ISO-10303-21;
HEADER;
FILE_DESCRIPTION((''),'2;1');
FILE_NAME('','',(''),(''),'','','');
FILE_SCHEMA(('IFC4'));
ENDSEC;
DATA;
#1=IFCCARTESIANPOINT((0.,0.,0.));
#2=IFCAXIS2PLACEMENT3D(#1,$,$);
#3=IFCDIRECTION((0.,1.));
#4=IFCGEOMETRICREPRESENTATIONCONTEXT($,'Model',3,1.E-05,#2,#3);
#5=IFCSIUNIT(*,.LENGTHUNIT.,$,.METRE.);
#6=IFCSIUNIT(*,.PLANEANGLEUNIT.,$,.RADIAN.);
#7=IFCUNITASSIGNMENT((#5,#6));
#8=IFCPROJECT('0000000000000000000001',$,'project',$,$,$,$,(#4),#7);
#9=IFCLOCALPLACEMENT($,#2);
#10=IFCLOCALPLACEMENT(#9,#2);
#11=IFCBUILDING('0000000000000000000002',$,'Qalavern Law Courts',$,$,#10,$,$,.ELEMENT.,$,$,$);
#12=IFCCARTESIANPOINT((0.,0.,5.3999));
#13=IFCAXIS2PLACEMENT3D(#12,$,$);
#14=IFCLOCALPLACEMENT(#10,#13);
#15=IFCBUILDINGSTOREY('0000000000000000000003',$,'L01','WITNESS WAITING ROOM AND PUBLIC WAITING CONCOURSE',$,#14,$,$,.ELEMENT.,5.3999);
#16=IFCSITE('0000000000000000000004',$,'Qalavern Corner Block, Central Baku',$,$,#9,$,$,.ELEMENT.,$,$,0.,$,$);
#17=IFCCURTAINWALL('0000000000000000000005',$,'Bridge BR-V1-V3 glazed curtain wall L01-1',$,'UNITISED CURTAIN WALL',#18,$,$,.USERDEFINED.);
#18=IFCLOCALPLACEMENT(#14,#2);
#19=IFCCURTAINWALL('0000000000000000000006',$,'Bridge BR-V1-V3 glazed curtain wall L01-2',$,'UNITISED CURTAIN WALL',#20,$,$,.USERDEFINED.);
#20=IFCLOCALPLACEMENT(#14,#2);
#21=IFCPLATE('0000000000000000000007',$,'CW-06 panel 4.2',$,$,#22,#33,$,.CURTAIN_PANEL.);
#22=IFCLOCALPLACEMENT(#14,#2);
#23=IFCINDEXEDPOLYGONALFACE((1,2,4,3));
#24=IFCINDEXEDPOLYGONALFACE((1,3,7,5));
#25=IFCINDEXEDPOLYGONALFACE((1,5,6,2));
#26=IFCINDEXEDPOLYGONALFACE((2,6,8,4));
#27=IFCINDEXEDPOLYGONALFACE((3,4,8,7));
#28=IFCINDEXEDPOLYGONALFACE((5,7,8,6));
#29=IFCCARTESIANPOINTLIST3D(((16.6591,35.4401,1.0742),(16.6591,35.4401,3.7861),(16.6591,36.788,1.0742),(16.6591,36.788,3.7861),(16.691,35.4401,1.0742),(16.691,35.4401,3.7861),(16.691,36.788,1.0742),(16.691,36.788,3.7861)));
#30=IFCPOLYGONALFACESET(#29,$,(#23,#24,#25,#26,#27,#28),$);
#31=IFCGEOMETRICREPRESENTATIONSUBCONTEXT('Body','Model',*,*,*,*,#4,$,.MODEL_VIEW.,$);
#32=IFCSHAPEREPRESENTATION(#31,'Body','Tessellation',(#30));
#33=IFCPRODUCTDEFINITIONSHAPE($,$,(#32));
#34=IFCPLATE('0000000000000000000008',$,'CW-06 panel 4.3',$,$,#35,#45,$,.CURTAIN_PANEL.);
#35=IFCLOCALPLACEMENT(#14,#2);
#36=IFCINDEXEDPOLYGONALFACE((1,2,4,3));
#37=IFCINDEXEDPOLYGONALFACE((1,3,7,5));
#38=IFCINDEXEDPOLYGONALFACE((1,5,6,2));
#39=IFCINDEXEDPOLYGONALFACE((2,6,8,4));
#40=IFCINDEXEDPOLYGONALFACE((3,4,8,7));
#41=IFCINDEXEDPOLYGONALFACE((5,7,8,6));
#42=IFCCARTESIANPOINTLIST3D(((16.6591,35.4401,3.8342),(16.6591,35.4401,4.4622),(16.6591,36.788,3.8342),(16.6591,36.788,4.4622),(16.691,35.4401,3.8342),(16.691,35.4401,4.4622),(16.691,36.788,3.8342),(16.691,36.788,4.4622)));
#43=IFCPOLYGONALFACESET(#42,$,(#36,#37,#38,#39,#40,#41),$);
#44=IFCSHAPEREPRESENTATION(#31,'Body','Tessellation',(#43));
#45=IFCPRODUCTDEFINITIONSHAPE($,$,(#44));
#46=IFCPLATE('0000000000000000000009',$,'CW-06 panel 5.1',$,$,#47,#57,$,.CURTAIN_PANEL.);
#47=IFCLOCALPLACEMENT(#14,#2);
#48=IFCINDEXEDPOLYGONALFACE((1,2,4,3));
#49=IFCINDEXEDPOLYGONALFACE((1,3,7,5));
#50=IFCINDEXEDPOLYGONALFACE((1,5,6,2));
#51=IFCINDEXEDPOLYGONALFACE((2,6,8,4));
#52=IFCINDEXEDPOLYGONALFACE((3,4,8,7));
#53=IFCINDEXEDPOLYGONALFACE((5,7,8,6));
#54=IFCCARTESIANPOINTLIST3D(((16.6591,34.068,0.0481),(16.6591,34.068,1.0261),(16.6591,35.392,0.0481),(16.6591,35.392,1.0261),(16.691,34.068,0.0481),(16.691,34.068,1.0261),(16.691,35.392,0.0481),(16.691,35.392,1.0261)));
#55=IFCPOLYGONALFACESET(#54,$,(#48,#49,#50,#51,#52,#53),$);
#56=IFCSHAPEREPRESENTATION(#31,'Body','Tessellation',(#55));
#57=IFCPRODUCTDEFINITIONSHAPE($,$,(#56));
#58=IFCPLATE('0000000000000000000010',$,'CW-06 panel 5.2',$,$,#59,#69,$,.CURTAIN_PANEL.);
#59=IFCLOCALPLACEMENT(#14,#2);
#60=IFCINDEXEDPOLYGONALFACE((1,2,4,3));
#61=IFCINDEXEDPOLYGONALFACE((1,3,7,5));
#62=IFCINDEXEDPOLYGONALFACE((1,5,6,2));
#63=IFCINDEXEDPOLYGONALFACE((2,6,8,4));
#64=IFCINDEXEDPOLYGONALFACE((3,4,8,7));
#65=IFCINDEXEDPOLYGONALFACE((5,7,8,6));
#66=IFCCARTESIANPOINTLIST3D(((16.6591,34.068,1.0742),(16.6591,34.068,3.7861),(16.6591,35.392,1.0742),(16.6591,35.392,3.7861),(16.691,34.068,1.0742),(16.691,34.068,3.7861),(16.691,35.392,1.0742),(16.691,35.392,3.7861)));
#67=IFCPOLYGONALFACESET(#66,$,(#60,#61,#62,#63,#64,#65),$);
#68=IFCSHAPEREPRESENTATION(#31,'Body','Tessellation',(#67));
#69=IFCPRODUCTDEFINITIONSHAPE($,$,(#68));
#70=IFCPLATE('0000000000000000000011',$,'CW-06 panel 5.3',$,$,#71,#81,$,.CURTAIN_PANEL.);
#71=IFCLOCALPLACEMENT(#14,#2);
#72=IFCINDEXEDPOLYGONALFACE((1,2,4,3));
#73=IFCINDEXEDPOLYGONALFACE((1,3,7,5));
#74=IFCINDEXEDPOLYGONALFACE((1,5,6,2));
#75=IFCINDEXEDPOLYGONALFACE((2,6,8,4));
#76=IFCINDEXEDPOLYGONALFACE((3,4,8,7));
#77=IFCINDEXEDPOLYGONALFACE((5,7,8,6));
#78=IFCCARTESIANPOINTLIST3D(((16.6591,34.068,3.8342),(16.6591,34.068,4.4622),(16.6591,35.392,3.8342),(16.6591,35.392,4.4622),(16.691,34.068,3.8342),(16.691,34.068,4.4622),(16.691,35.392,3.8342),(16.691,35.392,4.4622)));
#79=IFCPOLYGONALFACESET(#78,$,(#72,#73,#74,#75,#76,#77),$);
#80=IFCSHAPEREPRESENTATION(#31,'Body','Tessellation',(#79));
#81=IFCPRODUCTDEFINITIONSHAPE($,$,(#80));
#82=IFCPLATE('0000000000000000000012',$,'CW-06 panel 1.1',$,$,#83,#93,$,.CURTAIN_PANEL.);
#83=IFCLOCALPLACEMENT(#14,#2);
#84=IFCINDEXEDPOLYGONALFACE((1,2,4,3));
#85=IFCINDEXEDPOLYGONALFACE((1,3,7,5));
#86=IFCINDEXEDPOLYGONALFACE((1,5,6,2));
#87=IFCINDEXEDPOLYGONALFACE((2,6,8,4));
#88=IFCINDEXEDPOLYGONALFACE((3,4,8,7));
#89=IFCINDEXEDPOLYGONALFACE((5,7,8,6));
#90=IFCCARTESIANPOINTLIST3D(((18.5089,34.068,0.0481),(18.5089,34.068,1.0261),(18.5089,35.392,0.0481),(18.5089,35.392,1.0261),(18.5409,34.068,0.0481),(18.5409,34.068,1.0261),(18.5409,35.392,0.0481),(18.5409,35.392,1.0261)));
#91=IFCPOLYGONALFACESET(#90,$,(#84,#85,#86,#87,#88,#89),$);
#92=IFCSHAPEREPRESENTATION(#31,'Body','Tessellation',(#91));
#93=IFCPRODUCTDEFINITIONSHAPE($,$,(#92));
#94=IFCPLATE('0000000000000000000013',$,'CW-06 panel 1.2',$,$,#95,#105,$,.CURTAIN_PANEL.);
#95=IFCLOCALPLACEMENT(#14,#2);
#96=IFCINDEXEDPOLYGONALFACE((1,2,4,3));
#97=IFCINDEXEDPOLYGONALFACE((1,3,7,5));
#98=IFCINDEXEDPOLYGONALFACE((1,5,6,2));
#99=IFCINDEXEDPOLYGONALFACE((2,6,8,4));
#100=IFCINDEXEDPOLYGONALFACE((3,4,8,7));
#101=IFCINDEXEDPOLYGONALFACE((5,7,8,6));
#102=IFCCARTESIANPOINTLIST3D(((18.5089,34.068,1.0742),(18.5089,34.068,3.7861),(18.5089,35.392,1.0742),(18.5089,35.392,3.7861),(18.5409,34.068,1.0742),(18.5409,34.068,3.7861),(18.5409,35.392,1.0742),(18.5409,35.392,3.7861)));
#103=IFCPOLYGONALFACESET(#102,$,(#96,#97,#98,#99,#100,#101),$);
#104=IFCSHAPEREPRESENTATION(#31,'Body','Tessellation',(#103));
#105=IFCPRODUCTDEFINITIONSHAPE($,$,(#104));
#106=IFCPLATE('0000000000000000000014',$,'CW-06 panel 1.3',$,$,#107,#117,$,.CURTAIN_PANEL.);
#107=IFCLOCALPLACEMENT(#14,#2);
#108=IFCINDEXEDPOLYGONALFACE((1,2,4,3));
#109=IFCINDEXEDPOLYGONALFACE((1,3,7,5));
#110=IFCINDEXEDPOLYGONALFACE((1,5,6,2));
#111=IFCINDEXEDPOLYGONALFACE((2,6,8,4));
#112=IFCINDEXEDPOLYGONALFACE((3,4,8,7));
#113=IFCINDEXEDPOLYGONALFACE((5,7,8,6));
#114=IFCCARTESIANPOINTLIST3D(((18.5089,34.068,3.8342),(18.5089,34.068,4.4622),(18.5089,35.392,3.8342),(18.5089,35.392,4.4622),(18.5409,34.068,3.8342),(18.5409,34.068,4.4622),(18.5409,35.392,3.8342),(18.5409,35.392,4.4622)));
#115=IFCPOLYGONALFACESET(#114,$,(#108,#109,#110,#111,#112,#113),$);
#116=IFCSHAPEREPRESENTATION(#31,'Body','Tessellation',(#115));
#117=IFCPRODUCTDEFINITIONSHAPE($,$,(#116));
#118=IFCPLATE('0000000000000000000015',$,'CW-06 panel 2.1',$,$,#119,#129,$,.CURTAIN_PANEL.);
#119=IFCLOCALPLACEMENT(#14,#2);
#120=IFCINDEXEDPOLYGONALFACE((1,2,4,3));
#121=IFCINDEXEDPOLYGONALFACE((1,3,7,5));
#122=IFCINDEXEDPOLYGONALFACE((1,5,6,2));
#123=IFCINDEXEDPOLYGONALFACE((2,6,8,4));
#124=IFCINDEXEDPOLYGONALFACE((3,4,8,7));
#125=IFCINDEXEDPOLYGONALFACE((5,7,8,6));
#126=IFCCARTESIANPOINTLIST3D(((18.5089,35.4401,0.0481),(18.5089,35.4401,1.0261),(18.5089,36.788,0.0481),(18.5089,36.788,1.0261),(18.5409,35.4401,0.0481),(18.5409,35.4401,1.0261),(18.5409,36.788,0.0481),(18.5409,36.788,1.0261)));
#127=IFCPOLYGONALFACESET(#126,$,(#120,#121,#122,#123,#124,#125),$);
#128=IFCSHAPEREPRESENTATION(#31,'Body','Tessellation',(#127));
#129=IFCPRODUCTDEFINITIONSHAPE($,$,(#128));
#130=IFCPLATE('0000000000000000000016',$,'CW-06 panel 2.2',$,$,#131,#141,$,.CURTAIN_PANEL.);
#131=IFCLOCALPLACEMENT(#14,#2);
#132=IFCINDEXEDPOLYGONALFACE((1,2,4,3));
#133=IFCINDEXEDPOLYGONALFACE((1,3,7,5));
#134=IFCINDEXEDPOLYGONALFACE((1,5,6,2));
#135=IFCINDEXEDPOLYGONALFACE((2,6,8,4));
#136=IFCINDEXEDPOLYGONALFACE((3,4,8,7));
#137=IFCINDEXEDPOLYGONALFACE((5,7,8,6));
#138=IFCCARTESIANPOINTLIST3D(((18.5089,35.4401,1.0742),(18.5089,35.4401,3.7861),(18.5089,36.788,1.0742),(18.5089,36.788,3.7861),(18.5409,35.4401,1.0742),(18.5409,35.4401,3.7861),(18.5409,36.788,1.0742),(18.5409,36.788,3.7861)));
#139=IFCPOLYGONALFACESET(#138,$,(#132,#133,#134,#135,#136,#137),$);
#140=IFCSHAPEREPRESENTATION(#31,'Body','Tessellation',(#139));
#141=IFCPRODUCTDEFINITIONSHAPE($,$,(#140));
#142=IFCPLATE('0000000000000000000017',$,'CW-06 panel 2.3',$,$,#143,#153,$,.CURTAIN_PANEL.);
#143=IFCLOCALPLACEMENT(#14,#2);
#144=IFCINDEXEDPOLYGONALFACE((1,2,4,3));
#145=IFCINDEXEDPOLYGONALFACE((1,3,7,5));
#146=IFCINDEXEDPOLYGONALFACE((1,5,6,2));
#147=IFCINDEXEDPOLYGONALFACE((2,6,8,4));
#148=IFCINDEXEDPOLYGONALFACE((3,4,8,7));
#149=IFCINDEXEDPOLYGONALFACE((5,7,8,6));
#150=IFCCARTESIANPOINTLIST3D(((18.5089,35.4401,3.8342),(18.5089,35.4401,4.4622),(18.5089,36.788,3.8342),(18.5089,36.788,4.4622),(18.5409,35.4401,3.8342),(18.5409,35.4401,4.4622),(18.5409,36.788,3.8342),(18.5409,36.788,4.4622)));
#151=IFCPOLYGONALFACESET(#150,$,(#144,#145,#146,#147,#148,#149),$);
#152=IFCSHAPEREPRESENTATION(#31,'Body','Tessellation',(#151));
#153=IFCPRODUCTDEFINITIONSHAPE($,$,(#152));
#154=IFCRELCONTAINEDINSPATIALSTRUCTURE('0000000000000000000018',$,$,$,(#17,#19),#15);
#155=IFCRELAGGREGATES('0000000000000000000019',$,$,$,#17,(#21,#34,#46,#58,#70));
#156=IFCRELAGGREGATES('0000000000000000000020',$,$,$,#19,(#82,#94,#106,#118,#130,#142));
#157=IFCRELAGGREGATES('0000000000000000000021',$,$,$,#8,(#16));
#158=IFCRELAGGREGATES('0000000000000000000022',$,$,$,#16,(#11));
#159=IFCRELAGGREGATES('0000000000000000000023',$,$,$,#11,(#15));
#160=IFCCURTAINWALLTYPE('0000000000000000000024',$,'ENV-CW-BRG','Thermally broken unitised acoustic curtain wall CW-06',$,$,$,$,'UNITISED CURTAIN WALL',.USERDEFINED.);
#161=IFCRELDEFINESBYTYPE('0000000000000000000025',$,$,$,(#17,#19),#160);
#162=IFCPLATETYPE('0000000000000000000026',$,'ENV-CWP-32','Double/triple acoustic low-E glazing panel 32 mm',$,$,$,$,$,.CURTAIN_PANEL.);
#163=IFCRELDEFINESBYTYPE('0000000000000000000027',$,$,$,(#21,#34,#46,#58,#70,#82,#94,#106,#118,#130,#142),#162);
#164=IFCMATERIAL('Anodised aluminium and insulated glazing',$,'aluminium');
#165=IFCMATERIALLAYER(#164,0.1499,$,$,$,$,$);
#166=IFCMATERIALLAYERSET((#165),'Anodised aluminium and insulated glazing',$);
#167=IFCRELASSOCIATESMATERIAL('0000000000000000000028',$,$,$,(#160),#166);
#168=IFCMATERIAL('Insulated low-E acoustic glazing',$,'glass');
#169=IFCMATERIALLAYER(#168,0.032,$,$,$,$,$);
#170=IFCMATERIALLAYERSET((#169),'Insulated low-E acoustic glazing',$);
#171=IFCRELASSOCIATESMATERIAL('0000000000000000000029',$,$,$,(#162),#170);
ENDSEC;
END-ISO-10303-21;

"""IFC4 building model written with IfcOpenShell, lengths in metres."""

from ifc_helpers import new_model, si_unit, direction, frame, origin, origin_2d, place, context, subcontext, project, spatial, rectangle, extrude, material, layer, layer_set, type_object, element, aggregate, save


model = new_model("IFC4")

# Units and contexts
model_context = context("Model", 3, precision=1e-05, world=origin(), true_north=direction((0.0, 1.0)))
body_context = subcontext(model_context, "Body", "Model", "MODEL_VIEW")
ifc_project = project(units=[si_unit("LENGTHUNIT", "METRE"), si_unit("PLANEANGLEUNIT", "RADIAN")], contexts=[model_context])

# Site, building, storey
site_placement = place(None, origin())
site = spatial("IfcSite", under=ifc_project, at=site_placement, Name="Qalavern Corner Block, Central Baku", CompositionType="ELEMENT", RefElevation=0.0)
building_placement = place(site_placement, origin())
building = spatial("IfcBuilding", under=site, at=building_placement, Name="Qalavern Law Courts", CompositionType="ELEMENT")
storey_placement = place(building_placement, frame((0.0, 0.0, 5.3999)))
storey = spatial("IfcBuildingStorey", under=building, at=storey_placement, Name="L01", Description="WITNESS WAITING ROOM AND PUBLIC WAITING CONCOURSE", CompositionType="ELEMENT", Elevation=5.3999)

# Curtain walls
ifc_material_1 = material(Name="Anodised aluminium and insulated glazing", Category="aluminium")
ifc_layer_1 = layer(ifc_material_1, 0.1499)
ifc_layer_set_1 = layer_set([ifc_layer_1], Name="Anodised aluminium and insulated glazing")
curtain_wall_type = type_object("IfcCurtainWallType", Name="ENV-CW-BRG", Description="Thermally broken unitised acoustic curtain wall CW-06", ElementType="UNITISED CURTAIN WALL", PredefinedType="USERDEFINED", material=ifc_layer_set_1)
curtain_wall_1_placement = place(storey_placement, origin())
curtain_wall_1 = element("IfcCurtainWall", 1, at=curtain_wall_1_placement, inside=storey, type_object=curtain_wall_type, Name="Bridge BR-V1-V3 glazed curtain wall L01-1", ObjectType="UNITISED CURTAIN WALL", PredefinedType="USERDEFINED")
curtain_wall_2_placement = place(storey_placement, origin())
curtain_wall_2 = element("IfcCurtainWall", 2, at=curtain_wall_2_placement, inside=storey, type_object=curtain_wall_type, Name="Bridge BR-V1-V3 glazed curtain wall L01-2", ObjectType="UNITISED CURTAIN WALL", PredefinedType="USERDEFINED")

# Plates
ifc_material_2 = material(Name="Insulated low-E acoustic glazing", Category="glass")
ifc_layer_2 = layer(ifc_material_2, 0.032)
ifc_layer_set_2 = layer_set([ifc_layer_2], Name="Insulated low-E acoustic glazing")
plate_type = type_object("IfcPlateType", Name="ENV-CWP-32", Description="Double/triple acoustic low-E glazing panel 32 mm", PredefinedType="CURTAIN_PANEL", material=ifc_layer_set_2)
plate_1_placement = place(storey_placement, frame((16.675, 36.114, 1.0742), z_axis=(0.0, 0.0, 1.0), x_axis=(0.0, -1.0, 0.0)))
plate_1 = element("IfcPlate", 3, at=plate_1_placement, type_object=plate_type, Name="CW-06 panel 4.2", PredefinedType="CURTAIN_PANEL", context=body_context, shape_type="SweptSolid", body=[
    extrude(rectangle(XDim=1.3479, YDim=0.032, at=origin_2d()), origin(), (0.0, 0.0, 1.0), 2.7119),
])
plate_2_placement = place(storey_placement, frame((16.675, 36.114, 3.8342), z_axis=(0.0, 0.0, 1.0), x_axis=(0.0, -1.0, 0.0)))
plate_2 = element("IfcPlate", 4, at=plate_2_placement, type_object=plate_type, Name="CW-06 panel 4.3", PredefinedType="CURTAIN_PANEL", context=body_context, shape_type="SweptSolid", body=[
    extrude(rectangle(XDim=1.3479, YDim=0.032, at=origin_2d()), origin(), (0.0, 0.0, 1.0), 0.6279),
])
plate_3_placement = place(storey_placement, frame((16.675, 34.73, 0.0481), z_axis=(0.0, 0.0, 1.0), x_axis=(0.0, -1.0, 0.0)))
plate_3 = element("IfcPlate", 5, at=plate_3_placement, type_object=plate_type, Name="CW-06 panel 5.1", PredefinedType="CURTAIN_PANEL", context=body_context, shape_type="SweptSolid", body=[
    extrude(rectangle(XDim=1.324, YDim=0.032, at=origin_2d()), origin(), (0.0, 0.0, 1.0), 0.978),
])
plate_4_placement = place(storey_placement, frame((16.675, 34.73, 1.0742), z_axis=(0.0, 0.0, 1.0), x_axis=(0.0, -1.0, 0.0)))
plate_4 = element("IfcPlate", 6, at=plate_4_placement, type_object=plate_type, Name="CW-06 panel 5.2", PredefinedType="CURTAIN_PANEL", context=body_context, shape_type="SweptSolid", body=[
    extrude(rectangle(XDim=1.324, YDim=0.032, at=origin_2d()), origin(), (0.0, 0.0, 1.0), 2.7119),
])
plate_5_placement = place(storey_placement, frame((16.675, 34.73, 3.8342), z_axis=(0.0, 0.0, 1.0), x_axis=(0.0, -1.0, 0.0)))
plate_5 = element("IfcPlate", 7, at=plate_5_placement, type_object=plate_type, Name="CW-06 panel 5.3", PredefinedType="CURTAIN_PANEL", context=body_context, shape_type="SweptSolid", body=[
    extrude(rectangle(XDim=1.324, YDim=0.032, at=origin_2d()), origin(), (0.0, 0.0, 1.0), 0.6279),
])
aggregate(curtain_wall_1, [plate_1, plate_2, plate_3, plate_4, plate_5])
plate_6_placement = place(storey_placement, frame((18.5249, 34.73, 0.0481), z_axis=(0.0, 0.0, 1.0), x_axis=(0.0, 1.0, 0.0)))
plate_6 = element("IfcPlate", 8, at=plate_6_placement, type_object=plate_type, Name="CW-06 panel 1.1", PredefinedType="CURTAIN_PANEL", context=body_context, shape_type="SweptSolid", body=[
    extrude(rectangle(XDim=1.324, YDim=0.032, at=origin_2d()), origin(), (0.0, 0.0, 1.0), 0.978),
])
plate_7_placement = place(storey_placement, frame((18.5249, 34.73, 1.0742), z_axis=(0.0, 0.0, 1.0), x_axis=(0.0, 1.0, 0.0)))
plate_7 = element("IfcPlate", 9, at=plate_7_placement, type_object=plate_type, Name="CW-06 panel 1.2", PredefinedType="CURTAIN_PANEL", context=body_context, shape_type="SweptSolid", body=[
    extrude(rectangle(XDim=1.324, YDim=0.032, at=origin_2d()), origin(), (0.0, 0.0, 1.0), 2.7119),
])
plate_8_placement = place(storey_placement, frame((18.5249, 34.73, 3.8342), z_axis=(0.0, 0.0, 1.0), x_axis=(0.0, 1.0, 0.0)))
plate_8 = element("IfcPlate", 10, at=plate_8_placement, type_object=plate_type, Name="CW-06 panel 1.3", PredefinedType="CURTAIN_PANEL", context=body_context, shape_type="SweptSolid", body=[
    extrude(rectangle(XDim=1.324, YDim=0.032, at=origin_2d()), origin(), (0.0, 0.0, 1.0), 0.6279),
])
plate_9_placement = place(storey_placement, frame((18.5249, 36.114, 0.0481), z_axis=(0.0, 0.0, 1.0), x_axis=(0.0, 1.0, 0.0)))
plate_9 = element("IfcPlate", 11, at=plate_9_placement, type_object=plate_type, Name="CW-06 panel 2.1", PredefinedType="CURTAIN_PANEL", context=body_context, shape_type="SweptSolid", body=[
    extrude(rectangle(XDim=1.3479, YDim=0.032, at=origin_2d()), origin(), (0.0, 0.0, 1.0), 0.978),
])
plate_10_placement = place(storey_placement, frame((18.5249, 36.114, 1.0742), z_axis=(0.0, 0.0, 1.0), x_axis=(0.0, 1.0, 0.0)))
plate_10 = element("IfcPlate", 12, at=plate_10_placement, type_object=plate_type, Name="CW-06 panel 2.2", PredefinedType="CURTAIN_PANEL", context=body_context, shape_type="SweptSolid", body=[
    extrude(rectangle(XDim=1.3479, YDim=0.032, at=origin_2d()), origin(), (0.0, 0.0, 1.0), 2.7119),
])
plate_11_placement = place(storey_placement, frame((18.5249, 36.114, 3.8342), z_axis=(0.0, 0.0, 1.0), x_axis=(0.0, 1.0, 0.0)))
plate_11 = element("IfcPlate", 13, at=plate_11_placement, type_object=plate_type, Name="CW-06 panel 2.3", PredefinedType="CURTAIN_PANEL", context=body_context, shape_type="SweptSolid", body=[
    extrude(rectangle(XDim=1.3479, YDim=0.032, at=origin_2d()), origin(), (0.0, 0.0, 1.0), 0.6279),
])
aggregate(curtain_wall_2, [plate_6, plate_7, plate_8, plate_9, plate_10, plate_11])

save(model, "model.ifc")
